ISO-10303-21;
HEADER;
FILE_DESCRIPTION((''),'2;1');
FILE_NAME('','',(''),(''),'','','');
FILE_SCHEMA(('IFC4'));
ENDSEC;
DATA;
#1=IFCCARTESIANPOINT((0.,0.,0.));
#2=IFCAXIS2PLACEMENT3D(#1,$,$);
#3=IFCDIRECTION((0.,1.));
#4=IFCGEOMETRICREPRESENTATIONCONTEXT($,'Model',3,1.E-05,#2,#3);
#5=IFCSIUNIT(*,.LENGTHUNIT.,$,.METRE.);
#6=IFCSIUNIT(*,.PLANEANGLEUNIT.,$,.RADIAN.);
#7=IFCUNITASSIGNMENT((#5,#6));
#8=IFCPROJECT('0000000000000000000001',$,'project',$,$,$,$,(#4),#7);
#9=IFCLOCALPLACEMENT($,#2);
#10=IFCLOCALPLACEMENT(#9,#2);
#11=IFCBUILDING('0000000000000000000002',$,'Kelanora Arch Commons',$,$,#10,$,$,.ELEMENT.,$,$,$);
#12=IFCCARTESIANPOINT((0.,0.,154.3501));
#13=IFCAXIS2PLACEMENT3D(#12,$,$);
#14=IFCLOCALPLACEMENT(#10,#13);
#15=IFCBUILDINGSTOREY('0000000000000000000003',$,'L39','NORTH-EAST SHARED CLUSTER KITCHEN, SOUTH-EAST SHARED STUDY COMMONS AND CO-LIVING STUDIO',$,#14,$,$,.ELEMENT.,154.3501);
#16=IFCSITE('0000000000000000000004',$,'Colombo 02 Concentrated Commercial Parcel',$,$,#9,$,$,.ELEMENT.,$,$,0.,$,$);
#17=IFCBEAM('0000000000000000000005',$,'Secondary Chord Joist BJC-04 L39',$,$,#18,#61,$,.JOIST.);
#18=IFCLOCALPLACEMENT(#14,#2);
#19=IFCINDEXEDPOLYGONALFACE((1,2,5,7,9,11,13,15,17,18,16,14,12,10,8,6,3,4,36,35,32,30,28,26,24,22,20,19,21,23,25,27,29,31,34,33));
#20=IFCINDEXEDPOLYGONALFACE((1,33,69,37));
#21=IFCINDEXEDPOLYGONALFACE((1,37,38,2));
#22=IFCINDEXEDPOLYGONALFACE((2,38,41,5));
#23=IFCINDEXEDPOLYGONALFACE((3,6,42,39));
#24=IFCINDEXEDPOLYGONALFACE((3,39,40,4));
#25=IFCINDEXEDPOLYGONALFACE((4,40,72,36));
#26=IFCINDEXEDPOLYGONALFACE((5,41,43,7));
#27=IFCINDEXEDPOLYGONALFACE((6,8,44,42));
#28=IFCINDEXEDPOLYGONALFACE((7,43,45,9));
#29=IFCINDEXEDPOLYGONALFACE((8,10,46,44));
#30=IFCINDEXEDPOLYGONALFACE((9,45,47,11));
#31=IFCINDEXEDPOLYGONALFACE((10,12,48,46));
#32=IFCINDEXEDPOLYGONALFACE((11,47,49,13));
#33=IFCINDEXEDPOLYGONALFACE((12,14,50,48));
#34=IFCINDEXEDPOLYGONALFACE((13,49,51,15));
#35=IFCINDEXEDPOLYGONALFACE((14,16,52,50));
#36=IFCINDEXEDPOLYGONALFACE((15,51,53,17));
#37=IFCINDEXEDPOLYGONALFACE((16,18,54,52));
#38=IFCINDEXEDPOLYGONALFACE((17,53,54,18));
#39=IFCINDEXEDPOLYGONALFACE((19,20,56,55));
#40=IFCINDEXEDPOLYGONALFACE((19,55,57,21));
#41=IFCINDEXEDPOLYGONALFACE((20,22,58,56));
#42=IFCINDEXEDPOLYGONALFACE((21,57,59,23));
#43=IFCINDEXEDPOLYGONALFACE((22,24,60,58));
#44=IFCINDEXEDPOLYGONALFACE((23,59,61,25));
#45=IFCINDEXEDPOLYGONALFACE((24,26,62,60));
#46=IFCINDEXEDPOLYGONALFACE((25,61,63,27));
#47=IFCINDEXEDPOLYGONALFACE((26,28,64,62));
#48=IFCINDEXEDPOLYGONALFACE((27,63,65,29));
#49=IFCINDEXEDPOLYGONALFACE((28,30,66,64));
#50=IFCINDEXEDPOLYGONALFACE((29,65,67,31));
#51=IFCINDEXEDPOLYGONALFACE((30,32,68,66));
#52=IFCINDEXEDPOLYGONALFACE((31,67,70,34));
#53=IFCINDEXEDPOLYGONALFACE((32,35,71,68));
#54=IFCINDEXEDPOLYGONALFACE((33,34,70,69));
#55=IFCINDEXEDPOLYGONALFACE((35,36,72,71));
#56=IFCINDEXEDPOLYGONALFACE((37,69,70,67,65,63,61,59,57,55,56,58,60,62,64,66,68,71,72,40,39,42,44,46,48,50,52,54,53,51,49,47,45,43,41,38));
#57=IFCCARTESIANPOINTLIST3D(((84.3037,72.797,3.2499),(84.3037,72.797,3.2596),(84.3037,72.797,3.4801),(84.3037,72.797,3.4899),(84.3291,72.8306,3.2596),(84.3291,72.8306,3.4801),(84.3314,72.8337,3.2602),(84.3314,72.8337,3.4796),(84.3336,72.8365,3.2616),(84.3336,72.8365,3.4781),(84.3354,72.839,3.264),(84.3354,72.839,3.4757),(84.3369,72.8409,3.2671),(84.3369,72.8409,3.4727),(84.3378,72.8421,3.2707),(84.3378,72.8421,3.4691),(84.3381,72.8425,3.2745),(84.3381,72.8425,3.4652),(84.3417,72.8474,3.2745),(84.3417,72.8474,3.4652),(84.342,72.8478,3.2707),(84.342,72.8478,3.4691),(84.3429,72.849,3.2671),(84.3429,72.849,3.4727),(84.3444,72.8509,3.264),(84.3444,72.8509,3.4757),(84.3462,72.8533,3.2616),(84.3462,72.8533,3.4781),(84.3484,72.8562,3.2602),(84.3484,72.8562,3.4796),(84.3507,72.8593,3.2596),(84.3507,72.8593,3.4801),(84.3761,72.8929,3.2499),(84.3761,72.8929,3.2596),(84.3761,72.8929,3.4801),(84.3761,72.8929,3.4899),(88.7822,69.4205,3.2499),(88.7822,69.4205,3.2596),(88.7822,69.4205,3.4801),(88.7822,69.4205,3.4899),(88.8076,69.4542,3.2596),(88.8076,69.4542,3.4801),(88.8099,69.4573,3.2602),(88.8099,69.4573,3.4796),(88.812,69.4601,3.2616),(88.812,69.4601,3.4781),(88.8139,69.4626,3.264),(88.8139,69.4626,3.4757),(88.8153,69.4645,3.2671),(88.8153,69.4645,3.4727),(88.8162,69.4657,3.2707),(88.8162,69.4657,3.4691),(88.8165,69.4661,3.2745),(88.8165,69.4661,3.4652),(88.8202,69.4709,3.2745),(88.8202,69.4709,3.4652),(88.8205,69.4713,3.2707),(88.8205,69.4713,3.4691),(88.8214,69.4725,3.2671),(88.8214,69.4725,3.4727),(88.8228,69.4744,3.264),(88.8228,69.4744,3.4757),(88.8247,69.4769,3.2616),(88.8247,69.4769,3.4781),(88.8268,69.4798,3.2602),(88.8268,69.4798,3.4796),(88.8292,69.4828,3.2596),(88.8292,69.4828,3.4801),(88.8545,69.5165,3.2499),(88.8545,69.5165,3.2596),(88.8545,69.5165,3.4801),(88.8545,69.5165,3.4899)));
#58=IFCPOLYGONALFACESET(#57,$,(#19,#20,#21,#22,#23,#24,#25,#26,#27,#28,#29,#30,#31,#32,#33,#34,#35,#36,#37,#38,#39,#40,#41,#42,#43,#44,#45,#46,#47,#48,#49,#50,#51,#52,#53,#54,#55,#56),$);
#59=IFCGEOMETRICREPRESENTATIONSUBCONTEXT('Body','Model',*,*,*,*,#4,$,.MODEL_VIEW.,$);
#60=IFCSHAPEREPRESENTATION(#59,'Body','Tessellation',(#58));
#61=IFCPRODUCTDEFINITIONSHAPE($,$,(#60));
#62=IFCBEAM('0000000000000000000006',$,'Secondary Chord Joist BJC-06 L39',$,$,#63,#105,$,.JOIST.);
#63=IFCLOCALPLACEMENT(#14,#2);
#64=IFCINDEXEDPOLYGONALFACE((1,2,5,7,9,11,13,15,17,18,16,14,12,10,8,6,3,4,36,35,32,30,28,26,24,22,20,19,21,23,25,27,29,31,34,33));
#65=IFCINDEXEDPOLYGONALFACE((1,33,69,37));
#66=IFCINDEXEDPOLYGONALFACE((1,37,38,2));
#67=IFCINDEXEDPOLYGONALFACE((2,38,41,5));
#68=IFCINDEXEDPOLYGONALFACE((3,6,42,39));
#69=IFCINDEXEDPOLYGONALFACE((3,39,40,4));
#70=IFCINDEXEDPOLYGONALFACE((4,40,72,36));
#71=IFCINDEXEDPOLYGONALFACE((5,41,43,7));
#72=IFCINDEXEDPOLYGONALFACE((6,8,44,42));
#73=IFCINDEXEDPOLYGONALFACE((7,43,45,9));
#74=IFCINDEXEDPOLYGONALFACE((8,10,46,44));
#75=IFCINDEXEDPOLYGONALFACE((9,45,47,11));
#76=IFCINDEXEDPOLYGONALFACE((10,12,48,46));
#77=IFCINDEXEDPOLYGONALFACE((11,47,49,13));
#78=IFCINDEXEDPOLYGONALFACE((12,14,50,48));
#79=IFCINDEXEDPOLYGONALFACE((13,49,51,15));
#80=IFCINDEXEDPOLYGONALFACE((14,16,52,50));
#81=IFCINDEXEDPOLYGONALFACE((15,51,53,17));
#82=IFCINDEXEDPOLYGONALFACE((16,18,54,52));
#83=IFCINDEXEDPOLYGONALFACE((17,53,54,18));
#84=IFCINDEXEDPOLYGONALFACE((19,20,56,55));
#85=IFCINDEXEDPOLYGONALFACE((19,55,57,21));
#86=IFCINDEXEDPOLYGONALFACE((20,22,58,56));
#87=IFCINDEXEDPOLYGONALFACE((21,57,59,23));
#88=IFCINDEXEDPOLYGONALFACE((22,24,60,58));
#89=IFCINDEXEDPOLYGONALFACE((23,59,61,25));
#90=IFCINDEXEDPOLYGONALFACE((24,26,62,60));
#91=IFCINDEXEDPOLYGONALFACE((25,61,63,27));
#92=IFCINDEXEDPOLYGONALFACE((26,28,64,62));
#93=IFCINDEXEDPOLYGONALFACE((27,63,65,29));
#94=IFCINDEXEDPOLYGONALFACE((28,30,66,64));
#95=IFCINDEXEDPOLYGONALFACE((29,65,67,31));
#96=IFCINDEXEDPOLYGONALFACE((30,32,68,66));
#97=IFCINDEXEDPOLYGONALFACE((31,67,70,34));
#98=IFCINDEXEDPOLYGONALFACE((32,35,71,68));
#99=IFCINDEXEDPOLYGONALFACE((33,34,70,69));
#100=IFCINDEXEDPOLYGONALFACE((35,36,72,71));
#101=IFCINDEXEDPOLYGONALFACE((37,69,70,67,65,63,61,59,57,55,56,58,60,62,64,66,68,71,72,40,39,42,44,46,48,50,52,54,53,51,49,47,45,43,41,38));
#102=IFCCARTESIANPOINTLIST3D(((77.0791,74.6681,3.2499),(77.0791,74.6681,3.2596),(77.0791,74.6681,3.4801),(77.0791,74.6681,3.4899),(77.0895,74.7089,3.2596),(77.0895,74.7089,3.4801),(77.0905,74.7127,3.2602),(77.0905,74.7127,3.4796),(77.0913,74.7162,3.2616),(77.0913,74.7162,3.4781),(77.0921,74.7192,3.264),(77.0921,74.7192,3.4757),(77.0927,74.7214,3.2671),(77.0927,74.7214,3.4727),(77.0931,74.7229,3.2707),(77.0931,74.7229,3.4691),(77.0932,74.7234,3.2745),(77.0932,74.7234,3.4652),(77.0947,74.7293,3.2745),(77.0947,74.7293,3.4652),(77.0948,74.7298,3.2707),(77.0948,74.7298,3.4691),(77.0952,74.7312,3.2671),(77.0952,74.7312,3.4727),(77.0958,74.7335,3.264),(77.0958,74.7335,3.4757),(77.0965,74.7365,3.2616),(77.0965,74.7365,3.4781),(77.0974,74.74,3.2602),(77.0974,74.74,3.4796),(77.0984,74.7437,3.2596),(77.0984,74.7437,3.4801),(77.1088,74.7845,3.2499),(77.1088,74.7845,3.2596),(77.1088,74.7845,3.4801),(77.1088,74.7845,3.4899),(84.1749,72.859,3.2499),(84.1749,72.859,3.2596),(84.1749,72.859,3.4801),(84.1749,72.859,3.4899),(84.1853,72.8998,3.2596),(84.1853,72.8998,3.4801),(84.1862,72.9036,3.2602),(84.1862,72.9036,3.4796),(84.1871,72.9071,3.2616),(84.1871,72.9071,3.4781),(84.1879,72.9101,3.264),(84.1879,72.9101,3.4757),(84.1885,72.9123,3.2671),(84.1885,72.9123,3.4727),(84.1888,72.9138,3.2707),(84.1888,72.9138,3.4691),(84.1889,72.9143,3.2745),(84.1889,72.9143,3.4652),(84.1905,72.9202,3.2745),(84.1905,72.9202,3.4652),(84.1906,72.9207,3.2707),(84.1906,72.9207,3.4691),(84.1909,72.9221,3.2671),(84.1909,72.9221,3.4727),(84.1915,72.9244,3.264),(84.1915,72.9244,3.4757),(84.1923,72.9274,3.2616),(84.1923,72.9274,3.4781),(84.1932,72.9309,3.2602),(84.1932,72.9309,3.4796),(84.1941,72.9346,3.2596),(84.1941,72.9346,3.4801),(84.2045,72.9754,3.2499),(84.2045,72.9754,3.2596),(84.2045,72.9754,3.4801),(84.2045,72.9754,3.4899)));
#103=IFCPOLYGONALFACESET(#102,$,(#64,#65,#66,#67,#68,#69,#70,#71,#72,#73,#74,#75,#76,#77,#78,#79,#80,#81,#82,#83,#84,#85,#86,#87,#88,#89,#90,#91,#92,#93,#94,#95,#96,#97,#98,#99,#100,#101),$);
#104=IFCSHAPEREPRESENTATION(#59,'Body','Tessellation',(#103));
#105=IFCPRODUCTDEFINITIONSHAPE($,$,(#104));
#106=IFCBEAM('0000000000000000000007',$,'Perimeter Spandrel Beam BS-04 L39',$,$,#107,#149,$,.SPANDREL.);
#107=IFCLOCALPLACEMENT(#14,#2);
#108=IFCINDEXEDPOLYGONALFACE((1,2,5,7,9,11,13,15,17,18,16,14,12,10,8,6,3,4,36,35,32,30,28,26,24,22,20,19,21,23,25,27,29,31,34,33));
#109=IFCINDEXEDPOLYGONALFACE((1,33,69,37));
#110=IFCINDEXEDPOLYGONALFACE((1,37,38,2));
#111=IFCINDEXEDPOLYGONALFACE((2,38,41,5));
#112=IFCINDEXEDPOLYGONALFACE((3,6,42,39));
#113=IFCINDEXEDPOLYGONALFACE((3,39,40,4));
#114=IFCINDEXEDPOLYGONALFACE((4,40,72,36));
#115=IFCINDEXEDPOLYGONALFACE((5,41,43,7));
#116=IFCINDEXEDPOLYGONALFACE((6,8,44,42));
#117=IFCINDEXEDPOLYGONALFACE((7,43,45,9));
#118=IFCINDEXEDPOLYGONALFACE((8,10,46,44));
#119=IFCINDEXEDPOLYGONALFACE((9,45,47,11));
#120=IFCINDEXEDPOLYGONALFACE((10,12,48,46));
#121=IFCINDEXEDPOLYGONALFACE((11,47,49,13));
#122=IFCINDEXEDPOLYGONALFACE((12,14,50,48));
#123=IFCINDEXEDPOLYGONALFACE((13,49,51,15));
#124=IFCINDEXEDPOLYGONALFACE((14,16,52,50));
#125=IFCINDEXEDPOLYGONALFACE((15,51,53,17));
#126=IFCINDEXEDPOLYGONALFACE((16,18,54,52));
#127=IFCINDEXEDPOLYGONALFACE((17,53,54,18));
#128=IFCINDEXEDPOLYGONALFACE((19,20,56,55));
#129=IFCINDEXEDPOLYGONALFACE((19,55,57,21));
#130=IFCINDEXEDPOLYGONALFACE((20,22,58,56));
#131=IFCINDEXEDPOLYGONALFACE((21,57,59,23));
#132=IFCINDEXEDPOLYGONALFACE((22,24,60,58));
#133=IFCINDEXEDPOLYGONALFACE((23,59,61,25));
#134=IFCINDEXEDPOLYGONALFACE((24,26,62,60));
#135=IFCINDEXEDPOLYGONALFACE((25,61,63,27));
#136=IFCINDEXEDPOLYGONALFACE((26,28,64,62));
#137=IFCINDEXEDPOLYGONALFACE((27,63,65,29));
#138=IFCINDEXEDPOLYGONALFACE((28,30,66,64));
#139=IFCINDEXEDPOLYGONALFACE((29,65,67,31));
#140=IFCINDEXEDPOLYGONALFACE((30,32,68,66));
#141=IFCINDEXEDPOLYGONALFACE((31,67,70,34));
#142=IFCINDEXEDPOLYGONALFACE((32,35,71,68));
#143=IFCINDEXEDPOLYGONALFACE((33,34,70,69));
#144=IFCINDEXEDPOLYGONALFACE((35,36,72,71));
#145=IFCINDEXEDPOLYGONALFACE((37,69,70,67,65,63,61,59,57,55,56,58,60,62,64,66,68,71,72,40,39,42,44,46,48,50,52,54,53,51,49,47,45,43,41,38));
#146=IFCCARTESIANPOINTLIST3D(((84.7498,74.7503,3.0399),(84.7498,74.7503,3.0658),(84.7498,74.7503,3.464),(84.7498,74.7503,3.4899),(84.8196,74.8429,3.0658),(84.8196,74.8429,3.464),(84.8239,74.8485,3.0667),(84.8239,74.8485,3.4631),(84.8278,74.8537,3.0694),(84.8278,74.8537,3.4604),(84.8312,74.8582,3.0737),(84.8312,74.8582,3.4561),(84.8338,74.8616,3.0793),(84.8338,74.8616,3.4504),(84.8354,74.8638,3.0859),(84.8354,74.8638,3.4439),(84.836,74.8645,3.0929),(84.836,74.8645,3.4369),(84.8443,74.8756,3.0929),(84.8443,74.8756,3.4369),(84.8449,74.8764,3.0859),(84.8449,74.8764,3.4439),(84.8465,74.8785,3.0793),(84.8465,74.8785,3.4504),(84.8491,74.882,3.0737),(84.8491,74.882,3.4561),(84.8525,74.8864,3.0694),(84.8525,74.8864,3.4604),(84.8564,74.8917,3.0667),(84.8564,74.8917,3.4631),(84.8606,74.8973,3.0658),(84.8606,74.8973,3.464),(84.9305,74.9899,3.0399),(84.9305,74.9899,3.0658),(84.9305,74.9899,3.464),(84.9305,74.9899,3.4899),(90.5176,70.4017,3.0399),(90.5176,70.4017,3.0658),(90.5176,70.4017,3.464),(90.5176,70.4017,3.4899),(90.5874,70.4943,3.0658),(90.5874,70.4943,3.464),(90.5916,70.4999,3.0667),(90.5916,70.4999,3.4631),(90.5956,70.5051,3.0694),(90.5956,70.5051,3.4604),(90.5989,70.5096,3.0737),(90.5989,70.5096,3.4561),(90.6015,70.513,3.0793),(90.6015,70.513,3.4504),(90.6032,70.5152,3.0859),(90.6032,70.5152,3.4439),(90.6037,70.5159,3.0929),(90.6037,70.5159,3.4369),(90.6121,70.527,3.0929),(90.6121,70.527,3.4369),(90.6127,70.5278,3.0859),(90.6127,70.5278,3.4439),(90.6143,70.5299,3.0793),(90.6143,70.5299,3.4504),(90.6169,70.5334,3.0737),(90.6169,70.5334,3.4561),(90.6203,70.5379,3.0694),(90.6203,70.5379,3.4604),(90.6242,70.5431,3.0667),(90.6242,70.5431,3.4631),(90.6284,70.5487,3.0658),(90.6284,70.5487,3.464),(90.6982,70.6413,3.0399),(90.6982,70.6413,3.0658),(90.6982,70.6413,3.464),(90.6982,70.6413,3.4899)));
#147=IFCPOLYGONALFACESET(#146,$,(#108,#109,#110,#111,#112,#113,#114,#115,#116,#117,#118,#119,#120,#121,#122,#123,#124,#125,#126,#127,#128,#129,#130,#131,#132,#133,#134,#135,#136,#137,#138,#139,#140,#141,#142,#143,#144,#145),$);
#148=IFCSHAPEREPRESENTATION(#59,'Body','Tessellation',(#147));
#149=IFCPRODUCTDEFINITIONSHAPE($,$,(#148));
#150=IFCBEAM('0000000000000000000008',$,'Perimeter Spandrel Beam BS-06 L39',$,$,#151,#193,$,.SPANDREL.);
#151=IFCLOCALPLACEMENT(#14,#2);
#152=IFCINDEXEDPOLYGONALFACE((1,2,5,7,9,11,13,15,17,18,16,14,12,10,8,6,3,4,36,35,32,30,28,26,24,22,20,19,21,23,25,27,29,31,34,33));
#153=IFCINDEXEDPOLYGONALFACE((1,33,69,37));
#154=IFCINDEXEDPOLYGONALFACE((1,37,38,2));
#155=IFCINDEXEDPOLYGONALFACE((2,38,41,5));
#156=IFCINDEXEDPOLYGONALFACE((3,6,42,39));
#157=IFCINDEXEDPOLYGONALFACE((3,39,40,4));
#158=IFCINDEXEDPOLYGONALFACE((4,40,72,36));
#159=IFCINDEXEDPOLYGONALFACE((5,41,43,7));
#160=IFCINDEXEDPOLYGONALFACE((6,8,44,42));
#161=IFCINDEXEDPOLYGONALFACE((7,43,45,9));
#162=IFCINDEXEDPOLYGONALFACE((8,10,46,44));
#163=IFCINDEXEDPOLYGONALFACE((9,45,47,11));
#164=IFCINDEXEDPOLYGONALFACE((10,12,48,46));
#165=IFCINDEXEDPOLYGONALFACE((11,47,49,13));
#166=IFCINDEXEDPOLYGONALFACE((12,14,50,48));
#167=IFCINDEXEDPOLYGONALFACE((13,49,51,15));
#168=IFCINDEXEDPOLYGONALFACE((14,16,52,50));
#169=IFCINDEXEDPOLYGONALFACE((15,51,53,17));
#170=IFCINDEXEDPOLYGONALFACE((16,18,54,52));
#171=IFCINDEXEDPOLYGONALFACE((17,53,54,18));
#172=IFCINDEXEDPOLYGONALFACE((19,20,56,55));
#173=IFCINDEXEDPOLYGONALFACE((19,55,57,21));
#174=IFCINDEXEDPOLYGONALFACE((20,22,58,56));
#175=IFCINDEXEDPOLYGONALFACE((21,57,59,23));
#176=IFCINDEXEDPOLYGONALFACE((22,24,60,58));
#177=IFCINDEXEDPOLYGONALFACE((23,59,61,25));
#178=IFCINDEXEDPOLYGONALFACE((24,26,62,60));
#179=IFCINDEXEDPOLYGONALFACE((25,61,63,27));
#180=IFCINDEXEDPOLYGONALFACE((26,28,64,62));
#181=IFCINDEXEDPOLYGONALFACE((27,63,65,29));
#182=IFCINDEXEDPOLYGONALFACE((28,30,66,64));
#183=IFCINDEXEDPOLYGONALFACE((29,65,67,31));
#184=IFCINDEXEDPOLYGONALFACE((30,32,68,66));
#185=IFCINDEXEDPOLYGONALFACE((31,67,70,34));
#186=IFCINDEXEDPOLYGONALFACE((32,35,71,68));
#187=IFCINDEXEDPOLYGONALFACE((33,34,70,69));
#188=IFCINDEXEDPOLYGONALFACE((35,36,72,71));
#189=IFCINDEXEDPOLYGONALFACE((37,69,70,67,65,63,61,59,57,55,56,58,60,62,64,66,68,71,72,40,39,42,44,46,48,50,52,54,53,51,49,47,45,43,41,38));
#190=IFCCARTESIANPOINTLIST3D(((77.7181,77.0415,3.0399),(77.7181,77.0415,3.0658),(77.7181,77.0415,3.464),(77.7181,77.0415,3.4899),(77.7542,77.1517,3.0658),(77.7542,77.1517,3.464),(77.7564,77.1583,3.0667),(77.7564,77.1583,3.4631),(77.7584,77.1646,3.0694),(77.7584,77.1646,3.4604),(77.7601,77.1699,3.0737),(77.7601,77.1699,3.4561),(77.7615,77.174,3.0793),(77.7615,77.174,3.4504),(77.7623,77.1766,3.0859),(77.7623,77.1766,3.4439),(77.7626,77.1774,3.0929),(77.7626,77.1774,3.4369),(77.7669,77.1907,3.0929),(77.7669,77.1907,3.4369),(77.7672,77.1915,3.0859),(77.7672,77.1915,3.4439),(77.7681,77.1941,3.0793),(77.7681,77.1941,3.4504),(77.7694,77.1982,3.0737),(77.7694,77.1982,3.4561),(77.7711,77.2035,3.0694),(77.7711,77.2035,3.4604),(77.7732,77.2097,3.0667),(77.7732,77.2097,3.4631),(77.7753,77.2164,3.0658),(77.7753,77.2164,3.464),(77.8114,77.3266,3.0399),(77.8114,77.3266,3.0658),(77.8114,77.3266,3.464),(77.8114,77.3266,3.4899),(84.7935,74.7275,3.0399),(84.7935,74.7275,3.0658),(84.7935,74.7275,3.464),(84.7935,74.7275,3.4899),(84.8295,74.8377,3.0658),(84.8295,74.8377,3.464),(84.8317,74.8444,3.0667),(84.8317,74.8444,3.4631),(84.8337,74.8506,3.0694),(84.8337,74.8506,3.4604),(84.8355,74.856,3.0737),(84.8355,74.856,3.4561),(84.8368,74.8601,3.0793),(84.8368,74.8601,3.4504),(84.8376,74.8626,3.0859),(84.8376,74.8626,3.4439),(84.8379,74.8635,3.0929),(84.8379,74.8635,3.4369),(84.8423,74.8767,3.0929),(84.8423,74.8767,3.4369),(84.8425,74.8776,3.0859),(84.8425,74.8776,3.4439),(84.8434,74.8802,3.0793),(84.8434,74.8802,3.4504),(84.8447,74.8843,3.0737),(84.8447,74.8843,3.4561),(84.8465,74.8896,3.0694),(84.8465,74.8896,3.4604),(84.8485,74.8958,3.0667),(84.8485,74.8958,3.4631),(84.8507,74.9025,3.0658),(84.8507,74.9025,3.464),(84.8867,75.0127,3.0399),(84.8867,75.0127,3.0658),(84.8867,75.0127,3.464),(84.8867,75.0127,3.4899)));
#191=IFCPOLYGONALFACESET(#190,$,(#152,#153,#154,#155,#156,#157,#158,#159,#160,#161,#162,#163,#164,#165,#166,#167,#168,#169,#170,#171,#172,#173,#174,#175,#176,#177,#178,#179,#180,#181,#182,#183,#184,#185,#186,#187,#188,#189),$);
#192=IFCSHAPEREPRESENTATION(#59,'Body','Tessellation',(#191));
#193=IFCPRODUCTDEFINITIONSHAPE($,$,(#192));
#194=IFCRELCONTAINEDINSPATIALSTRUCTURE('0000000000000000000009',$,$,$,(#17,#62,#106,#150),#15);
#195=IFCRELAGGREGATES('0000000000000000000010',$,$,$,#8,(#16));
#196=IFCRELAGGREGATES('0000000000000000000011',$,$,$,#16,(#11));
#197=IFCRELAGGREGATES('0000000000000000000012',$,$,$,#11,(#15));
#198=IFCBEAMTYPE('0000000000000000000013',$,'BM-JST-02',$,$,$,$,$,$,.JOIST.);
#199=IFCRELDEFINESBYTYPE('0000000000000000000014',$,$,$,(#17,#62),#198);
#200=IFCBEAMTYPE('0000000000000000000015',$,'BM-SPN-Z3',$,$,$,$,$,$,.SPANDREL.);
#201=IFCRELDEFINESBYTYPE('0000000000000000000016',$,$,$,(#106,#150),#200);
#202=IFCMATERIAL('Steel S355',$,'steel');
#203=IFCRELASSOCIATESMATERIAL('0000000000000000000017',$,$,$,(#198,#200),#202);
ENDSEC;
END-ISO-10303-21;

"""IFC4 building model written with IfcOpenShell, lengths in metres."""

from ifc_helpers import new_model, si_unit, direction, frame, origin, origin_2d, place, context, subcontext, project, spatial, i_section, extrude, material, material_profile, profile_set, type_object, element, save


model = new_model("IFC4")

# Units and contexts
model_context = context("Model", 3, precision=1e-05, world=origin(), true_north=direction((0.0, 1.0)))
body_context = subcontext(model_context, "Body", "Model", "MODEL_VIEW")
ifc_project = project(units=[si_unit("LENGTHUNIT", "METRE"), si_unit("PLANEANGLEUNIT", "RADIAN")], contexts=[model_context])

# Site, building, storey
site_placement = place(None, origin())
site = spatial("IfcSite", under=ifc_project, at=site_placement, Name="Colombo 02 Concentrated Commercial Parcel", CompositionType="ELEMENT", RefElevation=0.0)
building_placement = place(site_placement, origin())
building = spatial("IfcBuilding", under=site, at=building_placement, Name="Kelanora Arch Commons", CompositionType="ELEMENT")
storey_placement = place(building_placement, frame((0.0, 0.0, 154.3501)))
storey = spatial("IfcBuildingStorey", under=building, at=storey_placement, Name="L39", Description="NORTH-EAST SHARED CLUSTER KITCHEN, SOUTH-EAST SHARED STUDY COMMONS AND CO-LIVING STUDIO", CompositionType="ELEMENT", Elevation=154.3501)

# Beams
ifc_material_1 = material(Name="Steel S355", Category="steel")
ifc_material_profile_1 = material_profile(ifc_material_1, i_section(OverallWidth=0.1201, OverallDepth=0.24, WebThickness=0.0061, FlangeThickness=0.0098, FilletRadius=0.0149, at=origin_2d()), Name="IPE240")
ifc_profile_set_1 = profile_set([ifc_material_profile_1], Name="Steel S355")
beam_type_1 = type_object("IfcBeamType", Name="BM-JST-02", PredefinedType="JOIST", material=ifc_profile_set_1)
beam_1_placement = place(storey_placement, frame((88.8184, 69.4685, 3.3699), z_axis=(-0.798493, 0.602004, 0.0), x_axis=(-0.602004, -0.798493, 0.0)))
element("IfcBeam", 1, at=beam_1_placement, inside=storey, type_object=beam_type_1, Name="Secondary Chord Joist BJC-04 L39", PredefinedType="JOIST", context=body_context, shape_type="SweptSolid", body=[
    extrude(i_section(OverallWidth=0.1201, OverallDepth=0.24, WebThickness=0.0061, FlangeThickness=0.0098, FilletRadius=0.0149, at=origin_2d()), origin(), (0.0, 0.0, 1.0), 5.6086),
])
beam_2_placement = place(storey_placement, frame((84.1897, 72.9172, 3.3699), z_axis=(-0.969002, 0.247052, 0.0), x_axis=(-0.247052, -0.969002, 0.0)))
element("IfcBeam", 2, at=beam_2_placement, inside=storey, type_object=beam_type_1, Name="Secondary Chord Joist BJC-06 L39", PredefinedType="JOIST", context=body_context, shape_type="SweptSolid", body=[
    extrude(i_section(OverallWidth=0.1201, OverallDepth=0.24, WebThickness=0.0061, FlangeThickness=0.0098, FilletRadius=0.0149, at=origin_2d()), origin(), (0.0, 0.0, 1.0), 7.3228),
])
ifc_material_profile_2 = material_profile(ifc_material_1, i_section(OverallWidth=0.3, OverallDepth=0.45, WebThickness=0.0139, FlangeThickness=0.0259, FilletRadius=0.0271, at=origin_2d()), Name="HEB450")
ifc_profile_set_2 = profile_set([ifc_material_profile_2], Name="Steel S355")
beam_type_2 = type_object("IfcBeamType", Name="BM-SPN-Z3", PredefinedType="SPANDREL", material=ifc_profile_set_2)
beam_3_placement = place(storey_placement, frame((90.6079, 70.5215, 3.2649), z_axis=(-0.798485, 0.602015, 0.0), x_axis=(-0.602015, -0.798485, 0.0)))
element("IfcBeam", 3, at=beam_3_placement, inside=storey, type_object=beam_type_2, Name="Perimeter Spandrel Beam BS-04 L39", PredefinedType="SPANDREL", context=body_context, shape_type="SweptSolid", body=[
    extrude(i_section(OverallWidth=0.3, OverallDepth=0.45, WebThickness=0.0139, FlangeThickness=0.0259, FilletRadius=0.0271, at=origin_2d()), origin(), (0.0, 0.0, 1.0), 7.2234),
])
beam_4_placement = place(storey_placement, frame((84.8401, 74.8701, 3.2649), z_axis=(-0.950462, 0.310841, 0.0), x_axis=(-0.310841, -0.950462, 0.0)))
element("IfcBeam", 4, at=beam_4_placement, inside=storey, type_object=beam_type_2, Name="Perimeter Spandrel Beam BS-06 L39", PredefinedType="SPANDREL", context=body_context, shape_type="SweptSolid", body=[
    extrude(i_section(OverallWidth=0.3, OverallDepth=0.45, WebThickness=0.0139, FlangeThickness=0.0259, FilletRadius=0.0271, at=origin_2d()), origin(), (0.0, 0.0, 1.0), 7.4441),
])

save(model, "model.ifc")
